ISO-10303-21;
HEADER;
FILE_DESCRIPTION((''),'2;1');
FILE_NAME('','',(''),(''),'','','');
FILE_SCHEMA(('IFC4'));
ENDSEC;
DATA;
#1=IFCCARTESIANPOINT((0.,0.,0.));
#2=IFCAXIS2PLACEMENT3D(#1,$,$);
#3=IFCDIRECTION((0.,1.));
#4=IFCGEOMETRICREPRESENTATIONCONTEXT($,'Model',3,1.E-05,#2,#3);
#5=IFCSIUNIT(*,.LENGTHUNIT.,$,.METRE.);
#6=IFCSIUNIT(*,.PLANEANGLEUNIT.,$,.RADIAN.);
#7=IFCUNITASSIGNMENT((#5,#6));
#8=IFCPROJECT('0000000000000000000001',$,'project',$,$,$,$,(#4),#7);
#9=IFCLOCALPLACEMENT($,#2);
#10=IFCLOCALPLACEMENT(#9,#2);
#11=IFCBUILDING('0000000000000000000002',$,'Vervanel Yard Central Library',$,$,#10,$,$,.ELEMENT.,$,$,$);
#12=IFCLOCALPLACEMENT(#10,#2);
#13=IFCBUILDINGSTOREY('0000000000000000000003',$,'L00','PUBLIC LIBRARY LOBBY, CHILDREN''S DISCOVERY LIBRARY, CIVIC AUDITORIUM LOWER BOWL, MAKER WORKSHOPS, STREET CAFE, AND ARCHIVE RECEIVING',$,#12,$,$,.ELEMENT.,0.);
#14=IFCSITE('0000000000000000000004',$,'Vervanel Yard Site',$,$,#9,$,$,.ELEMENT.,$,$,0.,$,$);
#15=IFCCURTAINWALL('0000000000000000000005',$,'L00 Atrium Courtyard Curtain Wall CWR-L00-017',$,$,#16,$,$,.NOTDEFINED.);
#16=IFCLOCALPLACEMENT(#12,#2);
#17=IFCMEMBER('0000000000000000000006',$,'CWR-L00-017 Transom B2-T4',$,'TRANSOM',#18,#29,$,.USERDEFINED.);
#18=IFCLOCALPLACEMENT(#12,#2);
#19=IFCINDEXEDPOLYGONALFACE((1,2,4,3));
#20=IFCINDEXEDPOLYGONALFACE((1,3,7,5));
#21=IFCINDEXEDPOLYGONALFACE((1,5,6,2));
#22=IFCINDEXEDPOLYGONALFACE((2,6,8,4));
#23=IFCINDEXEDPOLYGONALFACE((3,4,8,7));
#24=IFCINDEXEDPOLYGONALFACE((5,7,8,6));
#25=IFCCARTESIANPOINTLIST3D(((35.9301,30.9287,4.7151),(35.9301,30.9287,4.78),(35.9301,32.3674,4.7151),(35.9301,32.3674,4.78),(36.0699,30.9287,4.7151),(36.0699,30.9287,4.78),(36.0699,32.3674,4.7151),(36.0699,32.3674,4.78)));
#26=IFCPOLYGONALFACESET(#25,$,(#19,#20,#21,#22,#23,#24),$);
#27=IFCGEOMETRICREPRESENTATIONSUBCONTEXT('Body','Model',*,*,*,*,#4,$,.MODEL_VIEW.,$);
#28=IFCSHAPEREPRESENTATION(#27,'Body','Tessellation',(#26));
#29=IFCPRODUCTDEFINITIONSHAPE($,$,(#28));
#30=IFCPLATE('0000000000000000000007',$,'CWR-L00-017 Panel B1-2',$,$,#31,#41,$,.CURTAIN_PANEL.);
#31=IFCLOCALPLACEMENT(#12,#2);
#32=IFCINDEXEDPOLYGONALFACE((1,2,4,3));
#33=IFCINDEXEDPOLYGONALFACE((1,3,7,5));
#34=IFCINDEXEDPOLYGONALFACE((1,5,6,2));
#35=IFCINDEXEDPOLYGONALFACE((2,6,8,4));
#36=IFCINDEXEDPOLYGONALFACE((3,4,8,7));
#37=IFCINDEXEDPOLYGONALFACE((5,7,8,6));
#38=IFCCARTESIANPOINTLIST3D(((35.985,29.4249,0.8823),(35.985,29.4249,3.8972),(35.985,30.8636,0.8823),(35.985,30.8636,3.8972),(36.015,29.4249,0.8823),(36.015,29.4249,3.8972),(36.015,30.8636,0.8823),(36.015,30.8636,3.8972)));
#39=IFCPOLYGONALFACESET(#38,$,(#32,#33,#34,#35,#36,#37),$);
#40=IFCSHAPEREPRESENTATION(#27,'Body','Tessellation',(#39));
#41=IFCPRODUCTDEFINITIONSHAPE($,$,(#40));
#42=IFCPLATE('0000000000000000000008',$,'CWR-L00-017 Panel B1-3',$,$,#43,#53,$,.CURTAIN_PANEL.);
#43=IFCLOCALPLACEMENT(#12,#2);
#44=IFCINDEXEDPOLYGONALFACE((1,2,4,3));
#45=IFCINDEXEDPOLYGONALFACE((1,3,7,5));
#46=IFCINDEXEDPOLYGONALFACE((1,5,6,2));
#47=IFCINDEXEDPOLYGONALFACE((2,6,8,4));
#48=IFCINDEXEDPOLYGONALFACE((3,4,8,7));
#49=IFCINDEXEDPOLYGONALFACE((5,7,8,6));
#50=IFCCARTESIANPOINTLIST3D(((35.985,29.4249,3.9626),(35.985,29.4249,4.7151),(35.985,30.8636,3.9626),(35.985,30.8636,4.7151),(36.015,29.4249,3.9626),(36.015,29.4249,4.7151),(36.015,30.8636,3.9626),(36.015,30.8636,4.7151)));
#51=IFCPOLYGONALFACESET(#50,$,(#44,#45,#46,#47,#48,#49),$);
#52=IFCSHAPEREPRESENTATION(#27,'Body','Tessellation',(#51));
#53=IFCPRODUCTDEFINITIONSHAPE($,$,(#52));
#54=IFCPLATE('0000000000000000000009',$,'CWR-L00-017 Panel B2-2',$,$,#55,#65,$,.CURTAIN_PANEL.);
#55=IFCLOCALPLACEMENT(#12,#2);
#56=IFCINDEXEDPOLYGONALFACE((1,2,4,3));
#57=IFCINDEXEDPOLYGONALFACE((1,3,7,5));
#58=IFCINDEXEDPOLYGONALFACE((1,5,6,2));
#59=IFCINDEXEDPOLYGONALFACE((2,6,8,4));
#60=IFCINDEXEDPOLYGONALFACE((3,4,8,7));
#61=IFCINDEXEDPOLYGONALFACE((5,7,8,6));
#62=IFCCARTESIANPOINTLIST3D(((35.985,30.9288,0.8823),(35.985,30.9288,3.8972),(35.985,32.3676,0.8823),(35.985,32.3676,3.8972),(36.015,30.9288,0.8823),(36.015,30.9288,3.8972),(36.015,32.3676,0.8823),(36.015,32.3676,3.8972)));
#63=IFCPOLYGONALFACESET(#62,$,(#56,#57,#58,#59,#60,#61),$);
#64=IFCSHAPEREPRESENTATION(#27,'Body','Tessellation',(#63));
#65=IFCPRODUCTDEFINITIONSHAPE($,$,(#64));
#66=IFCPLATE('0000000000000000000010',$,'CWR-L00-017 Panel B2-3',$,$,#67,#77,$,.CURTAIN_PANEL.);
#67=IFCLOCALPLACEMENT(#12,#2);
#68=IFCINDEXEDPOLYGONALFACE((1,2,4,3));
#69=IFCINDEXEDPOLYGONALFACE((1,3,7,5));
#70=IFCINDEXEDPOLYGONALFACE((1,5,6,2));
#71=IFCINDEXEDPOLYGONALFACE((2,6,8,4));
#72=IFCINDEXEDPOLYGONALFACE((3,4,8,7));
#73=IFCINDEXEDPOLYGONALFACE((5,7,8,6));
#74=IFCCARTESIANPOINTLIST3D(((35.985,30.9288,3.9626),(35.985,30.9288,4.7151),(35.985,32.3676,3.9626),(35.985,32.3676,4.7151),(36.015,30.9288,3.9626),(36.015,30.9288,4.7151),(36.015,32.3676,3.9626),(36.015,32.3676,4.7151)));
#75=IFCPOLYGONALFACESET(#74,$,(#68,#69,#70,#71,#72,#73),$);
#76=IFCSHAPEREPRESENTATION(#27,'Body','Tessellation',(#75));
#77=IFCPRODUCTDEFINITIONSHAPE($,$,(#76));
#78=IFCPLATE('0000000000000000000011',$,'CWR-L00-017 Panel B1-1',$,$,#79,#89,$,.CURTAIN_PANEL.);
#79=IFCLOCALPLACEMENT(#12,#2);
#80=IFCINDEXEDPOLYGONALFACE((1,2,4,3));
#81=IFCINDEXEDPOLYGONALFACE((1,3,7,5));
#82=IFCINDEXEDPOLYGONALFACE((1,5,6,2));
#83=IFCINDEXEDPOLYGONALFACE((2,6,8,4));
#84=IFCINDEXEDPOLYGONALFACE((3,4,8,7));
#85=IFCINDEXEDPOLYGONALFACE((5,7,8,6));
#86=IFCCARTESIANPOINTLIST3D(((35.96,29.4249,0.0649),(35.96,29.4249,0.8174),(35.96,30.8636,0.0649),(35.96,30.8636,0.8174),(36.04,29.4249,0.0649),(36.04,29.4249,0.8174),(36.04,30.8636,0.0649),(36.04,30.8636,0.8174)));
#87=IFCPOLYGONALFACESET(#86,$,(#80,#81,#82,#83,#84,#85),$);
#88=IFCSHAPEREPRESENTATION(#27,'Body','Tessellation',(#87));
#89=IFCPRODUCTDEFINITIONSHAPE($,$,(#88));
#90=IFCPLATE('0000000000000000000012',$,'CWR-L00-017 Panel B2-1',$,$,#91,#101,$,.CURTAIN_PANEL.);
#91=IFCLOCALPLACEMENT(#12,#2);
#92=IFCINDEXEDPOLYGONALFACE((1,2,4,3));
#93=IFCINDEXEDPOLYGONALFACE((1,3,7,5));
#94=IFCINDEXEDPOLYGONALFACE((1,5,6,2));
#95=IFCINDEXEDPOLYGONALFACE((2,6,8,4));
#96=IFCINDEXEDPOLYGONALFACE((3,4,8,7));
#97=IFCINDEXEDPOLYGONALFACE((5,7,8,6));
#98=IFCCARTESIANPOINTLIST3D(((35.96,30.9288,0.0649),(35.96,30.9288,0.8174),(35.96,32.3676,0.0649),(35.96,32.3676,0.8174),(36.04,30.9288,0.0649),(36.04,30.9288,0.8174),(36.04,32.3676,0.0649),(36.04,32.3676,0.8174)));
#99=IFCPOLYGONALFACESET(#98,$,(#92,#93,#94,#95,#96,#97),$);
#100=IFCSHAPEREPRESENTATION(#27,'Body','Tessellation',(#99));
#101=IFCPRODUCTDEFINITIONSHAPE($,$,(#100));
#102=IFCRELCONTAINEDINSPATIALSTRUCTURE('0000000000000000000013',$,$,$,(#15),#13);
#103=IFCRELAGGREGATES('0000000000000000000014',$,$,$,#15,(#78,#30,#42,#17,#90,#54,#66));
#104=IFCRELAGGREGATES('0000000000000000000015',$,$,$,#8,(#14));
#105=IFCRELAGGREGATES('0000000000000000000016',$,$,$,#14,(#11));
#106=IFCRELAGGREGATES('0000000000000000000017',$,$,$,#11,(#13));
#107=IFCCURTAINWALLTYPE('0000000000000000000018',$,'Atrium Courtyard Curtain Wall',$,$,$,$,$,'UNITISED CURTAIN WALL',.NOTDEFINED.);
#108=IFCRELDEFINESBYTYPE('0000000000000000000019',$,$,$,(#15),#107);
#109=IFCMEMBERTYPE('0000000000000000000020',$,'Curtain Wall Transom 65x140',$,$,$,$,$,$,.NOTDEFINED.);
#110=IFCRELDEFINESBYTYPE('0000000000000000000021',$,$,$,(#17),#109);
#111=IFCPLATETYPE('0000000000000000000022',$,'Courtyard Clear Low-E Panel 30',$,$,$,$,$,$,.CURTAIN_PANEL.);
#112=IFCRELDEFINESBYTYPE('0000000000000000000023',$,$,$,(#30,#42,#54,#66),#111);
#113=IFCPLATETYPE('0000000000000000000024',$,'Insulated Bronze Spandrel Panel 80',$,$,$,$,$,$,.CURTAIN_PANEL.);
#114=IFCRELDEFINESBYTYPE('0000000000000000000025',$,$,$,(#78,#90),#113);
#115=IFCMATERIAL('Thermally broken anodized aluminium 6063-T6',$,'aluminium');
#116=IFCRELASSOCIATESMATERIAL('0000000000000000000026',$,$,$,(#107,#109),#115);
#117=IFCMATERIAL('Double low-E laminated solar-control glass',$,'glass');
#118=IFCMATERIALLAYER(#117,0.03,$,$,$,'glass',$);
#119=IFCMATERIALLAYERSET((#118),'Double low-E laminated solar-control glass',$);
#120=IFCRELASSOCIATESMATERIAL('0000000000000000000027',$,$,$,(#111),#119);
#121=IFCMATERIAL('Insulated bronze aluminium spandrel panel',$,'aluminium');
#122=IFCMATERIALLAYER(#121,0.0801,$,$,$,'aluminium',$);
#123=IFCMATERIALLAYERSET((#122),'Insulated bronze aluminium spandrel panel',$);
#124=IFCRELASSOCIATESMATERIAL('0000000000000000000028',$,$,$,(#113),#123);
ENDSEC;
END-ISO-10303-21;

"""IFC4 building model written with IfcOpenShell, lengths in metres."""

from ifc_helpers import new_model, si_unit, direction, frame, origin, origin_2d, place, context, subcontext, project, spatial, rectangle, extrude, material, layer, layer_set, material_profile, profile_set, type_object, element, aggregate, save


model = new_model("IFC4")

# Units and contexts
model_context = context("Model", 3, precision=1e-05, world=origin(), true_north=direction((0.0, 1.0)))
body_context = subcontext(model_context, "Body", "Model", "MODEL_VIEW")
ifc_project = project(units=[si_unit("LENGTHUNIT", "METRE"), si_unit("PLANEANGLEUNIT", "RADIAN")], contexts=[model_context])

# Site, building, storey
site_placement = place(None, origin())
site = spatial("IfcSite", under=ifc_project, at=site_placement, Name="Vervanel Yard Site", CompositionType="ELEMENT", RefElevation=0.0)
building_placement = place(site_placement, origin())
building = spatial("IfcBuilding", under=site, at=building_placement, Name="Vervanel Yard Central Library", CompositionType="ELEMENT")
storey_placement = place(building_placement, origin())
storey = spatial("IfcBuildingStorey", under=building, at=storey_placement, Name="L00", Description="PUBLIC LIBRARY LOBBY, CHILDREN'S DISCOVERY LIBRARY, CIVIC AUDITORIUM LOWER BOWL, MAKER WORKSHOPS, STREET CAFE, AND ARCHIVE RECEIVING", CompositionType="ELEMENT", Elevation=0.0)

# Curtain wall, member, plates
ifc_material_1 = material(Name="Thermally broken anodized aluminium 6063-T6", Category="aluminium")
curtain_wall_type = type_object("IfcCurtainWallType", Name="Atrium Courtyard Curtain Wall", ElementType="UNITISED CURTAIN WALL", PredefinedType="NOTDEFINED", material=ifc_material_1)
curtain_wall_placement = place(storey_placement, origin())
curtain_wall = element("IfcCurtainWall", 1, at=curtain_wall_placement, inside=storey, type_object=curtain_wall_type, Name="L00 Atrium Courtyard Curtain Wall CWR-L00-017", PredefinedType="NOTDEFINED")
ifc_material_profile_1 = material_profile(ifc_material_1, rectangle(XDim=0.0649, YDim=0.1399, at=origin_2d()), Name="ALU 65x140", Category="aluminium")
ifc_profile_set_1 = profile_set([ifc_material_profile_1], Name="Thermally broken anodized aluminium 6063-T6")
member_type_1 = type_object("IfcMemberType", Name="Curtain Wall Transom 65x140", PredefinedType="NOTDEFINED", material=ifc_profile_set_1)
member_1_placement = place(storey_placement, frame((36.0, 30.9287, 4.7476), z_axis=(0.0, 1.0, 0.0), x_axis=(0.0, 0.0, 1.0)))
member_1 = element("IfcMember", 2, at=member_1_placement, type_object=member_type_1, Name="CWR-L00-017 Transom B2-T4", ObjectType="TRANSOM", PredefinedType="USERDEFINED", context=body_context, shape_type="SweptSolid", body=[
    extrude(rectangle(XDim=0.0649, YDim=0.1399, at=origin_2d()), origin(), (0.0, 0.0, 1.0), 1.4387),
])
ifc_material_2 = material(Name="Double low-E laminated solar-control glass", Category="glass")
ifc_layer_1 = layer(ifc_material_2, 0.03, Category="glass")
ifc_layer_set_1 = layer_set([ifc_layer_1], Name="Double low-E laminated solar-control glass")
plate_type_1 = type_object("IfcPlateType", Name="Courtyard Clear Low-E Panel 30", PredefinedType="CURTAIN_PANEL", material=ifc_layer_set_1)
plate_1_placement = place(storey_placement, frame((36.0, 30.1443, 0.8823), z_axis=(0.0, 0.0, 1.0), x_axis=(0.0, 1.0, 0.0)))
plate_1 = element("IfcPlate", 3, at=plate_1_placement, type_object=plate_type_1, Name="CWR-L00-017 Panel B1-2", PredefinedType="CURTAIN_PANEL", context=body_context, shape_type="SweptSolid", body=[
    extrude(rectangle(XDim=1.4387, YDim=0.03, at=origin_2d()), origin(), (0.0, 0.0, 1.0), 3.0149),
])
plate_2_placement = place(storey_placement, frame((36.0, 30.1443, 3.9626), z_axis=(0.0, 0.0, 1.0), x_axis=(0.0, 1.0, 0.0)))
plate_2 = element("IfcPlate", 4, at=plate_2_placement, type_object=plate_type_1, Name="CWR-L00-017 Panel B1-3", PredefinedType="CURTAIN_PANEL", context=body_context, shape_type="SweptSolid", body=[
    extrude(rectangle(XDim=1.4387, YDim=0.03, at=origin_2d()), origin(), (0.0, 0.0, 1.0), 0.7524),
])
plate_3_placement = place(storey_placement, frame((36.0, 31.6482, 0.8823), z_axis=(0.0, 0.0, 1.0), x_axis=(0.0, 1.0, 0.0)))
plate_3 = element("IfcPlate", 5, at=plate_3_placement, type_object=plate_type_1, Name="CWR-L00-017 Panel B2-2", PredefinedType="CURTAIN_PANEL", context=body_context, shape_type="SweptSolid", body=[
    extrude(rectangle(XDim=1.4387, YDim=0.03, at=origin_2d()), origin(), (0.0, 0.0, 1.0), 3.0149),
])
plate_4_placement = place(storey_placement, frame((36.0, 31.6482, 3.9626), z_axis=(0.0, 0.0, 1.0), x_axis=(0.0, 1.0, 0.0)))
plate_4 = element("IfcPlate", 6, at=plate_4_placement, type_object=plate_type_1, Name="CWR-L00-017 Panel B2-3", PredefinedType="CURTAIN_PANEL", context=body_context, shape_type="SweptSolid", body=[
    extrude(rectangle(XDim=1.4387, YDim=0.03, at=origin_2d()), origin(), (0.0, 0.0, 1.0), 0.7524),
])
ifc_material_3 = material(Name="Insulated bronze aluminium spandrel panel", Category="aluminium")
ifc_layer_2 = layer(ifc_material_3, 0.0801, Category="aluminium")
ifc_layer_set_2 = layer_set([ifc_layer_2], Name="Insulated bronze aluminium spandrel panel")
plate_type_2 = type_object("IfcPlateType", Name="Insulated Bronze Spandrel Panel 80", PredefinedType="CURTAIN_PANEL", material=ifc_layer_set_2)
plate_5_placement = place(storey_placement, frame((36.0, 30.1443, 0.0649), z_axis=(0.0, 0.0, 1.0), x_axis=(0.0, 1.0, 0.0)))
plate_5 = element("IfcPlate", 7, at=plate_5_placement, type_object=plate_type_2, Name="CWR-L00-017 Panel B1-1", PredefinedType="CURTAIN_PANEL", context=body_context, shape_type="SweptSolid", body=[
    extrude(rectangle(XDim=1.4387, YDim=0.0801, at=origin_2d()), origin(), (0.0, 0.0, 1.0), 0.7524),
])
plate_6_placement = place(storey_placement, frame((36.0, 31.6482, 0.0649), z_axis=(0.0, 0.0, 1.0), x_axis=(0.0, 1.0, 0.0)))
plate_6 = element("IfcPlate", 8, at=plate_6_placement, type_object=plate_type_2, Name="CWR-L00-017 Panel B2-1", PredefinedType="CURTAIN_PANEL", context=body_context, shape_type="SweptSolid", body=[
    extrude(rectangle(XDim=1.4387, YDim=0.0801, at=origin_2d()), origin(), (0.0, 0.0, 1.0), 0.7524),
])
aggregate(curtain_wall, [plate_5, plate_1, plate_2, member_1, plate_6, plate_3, plate_4])

save(model, "model.ifc")
